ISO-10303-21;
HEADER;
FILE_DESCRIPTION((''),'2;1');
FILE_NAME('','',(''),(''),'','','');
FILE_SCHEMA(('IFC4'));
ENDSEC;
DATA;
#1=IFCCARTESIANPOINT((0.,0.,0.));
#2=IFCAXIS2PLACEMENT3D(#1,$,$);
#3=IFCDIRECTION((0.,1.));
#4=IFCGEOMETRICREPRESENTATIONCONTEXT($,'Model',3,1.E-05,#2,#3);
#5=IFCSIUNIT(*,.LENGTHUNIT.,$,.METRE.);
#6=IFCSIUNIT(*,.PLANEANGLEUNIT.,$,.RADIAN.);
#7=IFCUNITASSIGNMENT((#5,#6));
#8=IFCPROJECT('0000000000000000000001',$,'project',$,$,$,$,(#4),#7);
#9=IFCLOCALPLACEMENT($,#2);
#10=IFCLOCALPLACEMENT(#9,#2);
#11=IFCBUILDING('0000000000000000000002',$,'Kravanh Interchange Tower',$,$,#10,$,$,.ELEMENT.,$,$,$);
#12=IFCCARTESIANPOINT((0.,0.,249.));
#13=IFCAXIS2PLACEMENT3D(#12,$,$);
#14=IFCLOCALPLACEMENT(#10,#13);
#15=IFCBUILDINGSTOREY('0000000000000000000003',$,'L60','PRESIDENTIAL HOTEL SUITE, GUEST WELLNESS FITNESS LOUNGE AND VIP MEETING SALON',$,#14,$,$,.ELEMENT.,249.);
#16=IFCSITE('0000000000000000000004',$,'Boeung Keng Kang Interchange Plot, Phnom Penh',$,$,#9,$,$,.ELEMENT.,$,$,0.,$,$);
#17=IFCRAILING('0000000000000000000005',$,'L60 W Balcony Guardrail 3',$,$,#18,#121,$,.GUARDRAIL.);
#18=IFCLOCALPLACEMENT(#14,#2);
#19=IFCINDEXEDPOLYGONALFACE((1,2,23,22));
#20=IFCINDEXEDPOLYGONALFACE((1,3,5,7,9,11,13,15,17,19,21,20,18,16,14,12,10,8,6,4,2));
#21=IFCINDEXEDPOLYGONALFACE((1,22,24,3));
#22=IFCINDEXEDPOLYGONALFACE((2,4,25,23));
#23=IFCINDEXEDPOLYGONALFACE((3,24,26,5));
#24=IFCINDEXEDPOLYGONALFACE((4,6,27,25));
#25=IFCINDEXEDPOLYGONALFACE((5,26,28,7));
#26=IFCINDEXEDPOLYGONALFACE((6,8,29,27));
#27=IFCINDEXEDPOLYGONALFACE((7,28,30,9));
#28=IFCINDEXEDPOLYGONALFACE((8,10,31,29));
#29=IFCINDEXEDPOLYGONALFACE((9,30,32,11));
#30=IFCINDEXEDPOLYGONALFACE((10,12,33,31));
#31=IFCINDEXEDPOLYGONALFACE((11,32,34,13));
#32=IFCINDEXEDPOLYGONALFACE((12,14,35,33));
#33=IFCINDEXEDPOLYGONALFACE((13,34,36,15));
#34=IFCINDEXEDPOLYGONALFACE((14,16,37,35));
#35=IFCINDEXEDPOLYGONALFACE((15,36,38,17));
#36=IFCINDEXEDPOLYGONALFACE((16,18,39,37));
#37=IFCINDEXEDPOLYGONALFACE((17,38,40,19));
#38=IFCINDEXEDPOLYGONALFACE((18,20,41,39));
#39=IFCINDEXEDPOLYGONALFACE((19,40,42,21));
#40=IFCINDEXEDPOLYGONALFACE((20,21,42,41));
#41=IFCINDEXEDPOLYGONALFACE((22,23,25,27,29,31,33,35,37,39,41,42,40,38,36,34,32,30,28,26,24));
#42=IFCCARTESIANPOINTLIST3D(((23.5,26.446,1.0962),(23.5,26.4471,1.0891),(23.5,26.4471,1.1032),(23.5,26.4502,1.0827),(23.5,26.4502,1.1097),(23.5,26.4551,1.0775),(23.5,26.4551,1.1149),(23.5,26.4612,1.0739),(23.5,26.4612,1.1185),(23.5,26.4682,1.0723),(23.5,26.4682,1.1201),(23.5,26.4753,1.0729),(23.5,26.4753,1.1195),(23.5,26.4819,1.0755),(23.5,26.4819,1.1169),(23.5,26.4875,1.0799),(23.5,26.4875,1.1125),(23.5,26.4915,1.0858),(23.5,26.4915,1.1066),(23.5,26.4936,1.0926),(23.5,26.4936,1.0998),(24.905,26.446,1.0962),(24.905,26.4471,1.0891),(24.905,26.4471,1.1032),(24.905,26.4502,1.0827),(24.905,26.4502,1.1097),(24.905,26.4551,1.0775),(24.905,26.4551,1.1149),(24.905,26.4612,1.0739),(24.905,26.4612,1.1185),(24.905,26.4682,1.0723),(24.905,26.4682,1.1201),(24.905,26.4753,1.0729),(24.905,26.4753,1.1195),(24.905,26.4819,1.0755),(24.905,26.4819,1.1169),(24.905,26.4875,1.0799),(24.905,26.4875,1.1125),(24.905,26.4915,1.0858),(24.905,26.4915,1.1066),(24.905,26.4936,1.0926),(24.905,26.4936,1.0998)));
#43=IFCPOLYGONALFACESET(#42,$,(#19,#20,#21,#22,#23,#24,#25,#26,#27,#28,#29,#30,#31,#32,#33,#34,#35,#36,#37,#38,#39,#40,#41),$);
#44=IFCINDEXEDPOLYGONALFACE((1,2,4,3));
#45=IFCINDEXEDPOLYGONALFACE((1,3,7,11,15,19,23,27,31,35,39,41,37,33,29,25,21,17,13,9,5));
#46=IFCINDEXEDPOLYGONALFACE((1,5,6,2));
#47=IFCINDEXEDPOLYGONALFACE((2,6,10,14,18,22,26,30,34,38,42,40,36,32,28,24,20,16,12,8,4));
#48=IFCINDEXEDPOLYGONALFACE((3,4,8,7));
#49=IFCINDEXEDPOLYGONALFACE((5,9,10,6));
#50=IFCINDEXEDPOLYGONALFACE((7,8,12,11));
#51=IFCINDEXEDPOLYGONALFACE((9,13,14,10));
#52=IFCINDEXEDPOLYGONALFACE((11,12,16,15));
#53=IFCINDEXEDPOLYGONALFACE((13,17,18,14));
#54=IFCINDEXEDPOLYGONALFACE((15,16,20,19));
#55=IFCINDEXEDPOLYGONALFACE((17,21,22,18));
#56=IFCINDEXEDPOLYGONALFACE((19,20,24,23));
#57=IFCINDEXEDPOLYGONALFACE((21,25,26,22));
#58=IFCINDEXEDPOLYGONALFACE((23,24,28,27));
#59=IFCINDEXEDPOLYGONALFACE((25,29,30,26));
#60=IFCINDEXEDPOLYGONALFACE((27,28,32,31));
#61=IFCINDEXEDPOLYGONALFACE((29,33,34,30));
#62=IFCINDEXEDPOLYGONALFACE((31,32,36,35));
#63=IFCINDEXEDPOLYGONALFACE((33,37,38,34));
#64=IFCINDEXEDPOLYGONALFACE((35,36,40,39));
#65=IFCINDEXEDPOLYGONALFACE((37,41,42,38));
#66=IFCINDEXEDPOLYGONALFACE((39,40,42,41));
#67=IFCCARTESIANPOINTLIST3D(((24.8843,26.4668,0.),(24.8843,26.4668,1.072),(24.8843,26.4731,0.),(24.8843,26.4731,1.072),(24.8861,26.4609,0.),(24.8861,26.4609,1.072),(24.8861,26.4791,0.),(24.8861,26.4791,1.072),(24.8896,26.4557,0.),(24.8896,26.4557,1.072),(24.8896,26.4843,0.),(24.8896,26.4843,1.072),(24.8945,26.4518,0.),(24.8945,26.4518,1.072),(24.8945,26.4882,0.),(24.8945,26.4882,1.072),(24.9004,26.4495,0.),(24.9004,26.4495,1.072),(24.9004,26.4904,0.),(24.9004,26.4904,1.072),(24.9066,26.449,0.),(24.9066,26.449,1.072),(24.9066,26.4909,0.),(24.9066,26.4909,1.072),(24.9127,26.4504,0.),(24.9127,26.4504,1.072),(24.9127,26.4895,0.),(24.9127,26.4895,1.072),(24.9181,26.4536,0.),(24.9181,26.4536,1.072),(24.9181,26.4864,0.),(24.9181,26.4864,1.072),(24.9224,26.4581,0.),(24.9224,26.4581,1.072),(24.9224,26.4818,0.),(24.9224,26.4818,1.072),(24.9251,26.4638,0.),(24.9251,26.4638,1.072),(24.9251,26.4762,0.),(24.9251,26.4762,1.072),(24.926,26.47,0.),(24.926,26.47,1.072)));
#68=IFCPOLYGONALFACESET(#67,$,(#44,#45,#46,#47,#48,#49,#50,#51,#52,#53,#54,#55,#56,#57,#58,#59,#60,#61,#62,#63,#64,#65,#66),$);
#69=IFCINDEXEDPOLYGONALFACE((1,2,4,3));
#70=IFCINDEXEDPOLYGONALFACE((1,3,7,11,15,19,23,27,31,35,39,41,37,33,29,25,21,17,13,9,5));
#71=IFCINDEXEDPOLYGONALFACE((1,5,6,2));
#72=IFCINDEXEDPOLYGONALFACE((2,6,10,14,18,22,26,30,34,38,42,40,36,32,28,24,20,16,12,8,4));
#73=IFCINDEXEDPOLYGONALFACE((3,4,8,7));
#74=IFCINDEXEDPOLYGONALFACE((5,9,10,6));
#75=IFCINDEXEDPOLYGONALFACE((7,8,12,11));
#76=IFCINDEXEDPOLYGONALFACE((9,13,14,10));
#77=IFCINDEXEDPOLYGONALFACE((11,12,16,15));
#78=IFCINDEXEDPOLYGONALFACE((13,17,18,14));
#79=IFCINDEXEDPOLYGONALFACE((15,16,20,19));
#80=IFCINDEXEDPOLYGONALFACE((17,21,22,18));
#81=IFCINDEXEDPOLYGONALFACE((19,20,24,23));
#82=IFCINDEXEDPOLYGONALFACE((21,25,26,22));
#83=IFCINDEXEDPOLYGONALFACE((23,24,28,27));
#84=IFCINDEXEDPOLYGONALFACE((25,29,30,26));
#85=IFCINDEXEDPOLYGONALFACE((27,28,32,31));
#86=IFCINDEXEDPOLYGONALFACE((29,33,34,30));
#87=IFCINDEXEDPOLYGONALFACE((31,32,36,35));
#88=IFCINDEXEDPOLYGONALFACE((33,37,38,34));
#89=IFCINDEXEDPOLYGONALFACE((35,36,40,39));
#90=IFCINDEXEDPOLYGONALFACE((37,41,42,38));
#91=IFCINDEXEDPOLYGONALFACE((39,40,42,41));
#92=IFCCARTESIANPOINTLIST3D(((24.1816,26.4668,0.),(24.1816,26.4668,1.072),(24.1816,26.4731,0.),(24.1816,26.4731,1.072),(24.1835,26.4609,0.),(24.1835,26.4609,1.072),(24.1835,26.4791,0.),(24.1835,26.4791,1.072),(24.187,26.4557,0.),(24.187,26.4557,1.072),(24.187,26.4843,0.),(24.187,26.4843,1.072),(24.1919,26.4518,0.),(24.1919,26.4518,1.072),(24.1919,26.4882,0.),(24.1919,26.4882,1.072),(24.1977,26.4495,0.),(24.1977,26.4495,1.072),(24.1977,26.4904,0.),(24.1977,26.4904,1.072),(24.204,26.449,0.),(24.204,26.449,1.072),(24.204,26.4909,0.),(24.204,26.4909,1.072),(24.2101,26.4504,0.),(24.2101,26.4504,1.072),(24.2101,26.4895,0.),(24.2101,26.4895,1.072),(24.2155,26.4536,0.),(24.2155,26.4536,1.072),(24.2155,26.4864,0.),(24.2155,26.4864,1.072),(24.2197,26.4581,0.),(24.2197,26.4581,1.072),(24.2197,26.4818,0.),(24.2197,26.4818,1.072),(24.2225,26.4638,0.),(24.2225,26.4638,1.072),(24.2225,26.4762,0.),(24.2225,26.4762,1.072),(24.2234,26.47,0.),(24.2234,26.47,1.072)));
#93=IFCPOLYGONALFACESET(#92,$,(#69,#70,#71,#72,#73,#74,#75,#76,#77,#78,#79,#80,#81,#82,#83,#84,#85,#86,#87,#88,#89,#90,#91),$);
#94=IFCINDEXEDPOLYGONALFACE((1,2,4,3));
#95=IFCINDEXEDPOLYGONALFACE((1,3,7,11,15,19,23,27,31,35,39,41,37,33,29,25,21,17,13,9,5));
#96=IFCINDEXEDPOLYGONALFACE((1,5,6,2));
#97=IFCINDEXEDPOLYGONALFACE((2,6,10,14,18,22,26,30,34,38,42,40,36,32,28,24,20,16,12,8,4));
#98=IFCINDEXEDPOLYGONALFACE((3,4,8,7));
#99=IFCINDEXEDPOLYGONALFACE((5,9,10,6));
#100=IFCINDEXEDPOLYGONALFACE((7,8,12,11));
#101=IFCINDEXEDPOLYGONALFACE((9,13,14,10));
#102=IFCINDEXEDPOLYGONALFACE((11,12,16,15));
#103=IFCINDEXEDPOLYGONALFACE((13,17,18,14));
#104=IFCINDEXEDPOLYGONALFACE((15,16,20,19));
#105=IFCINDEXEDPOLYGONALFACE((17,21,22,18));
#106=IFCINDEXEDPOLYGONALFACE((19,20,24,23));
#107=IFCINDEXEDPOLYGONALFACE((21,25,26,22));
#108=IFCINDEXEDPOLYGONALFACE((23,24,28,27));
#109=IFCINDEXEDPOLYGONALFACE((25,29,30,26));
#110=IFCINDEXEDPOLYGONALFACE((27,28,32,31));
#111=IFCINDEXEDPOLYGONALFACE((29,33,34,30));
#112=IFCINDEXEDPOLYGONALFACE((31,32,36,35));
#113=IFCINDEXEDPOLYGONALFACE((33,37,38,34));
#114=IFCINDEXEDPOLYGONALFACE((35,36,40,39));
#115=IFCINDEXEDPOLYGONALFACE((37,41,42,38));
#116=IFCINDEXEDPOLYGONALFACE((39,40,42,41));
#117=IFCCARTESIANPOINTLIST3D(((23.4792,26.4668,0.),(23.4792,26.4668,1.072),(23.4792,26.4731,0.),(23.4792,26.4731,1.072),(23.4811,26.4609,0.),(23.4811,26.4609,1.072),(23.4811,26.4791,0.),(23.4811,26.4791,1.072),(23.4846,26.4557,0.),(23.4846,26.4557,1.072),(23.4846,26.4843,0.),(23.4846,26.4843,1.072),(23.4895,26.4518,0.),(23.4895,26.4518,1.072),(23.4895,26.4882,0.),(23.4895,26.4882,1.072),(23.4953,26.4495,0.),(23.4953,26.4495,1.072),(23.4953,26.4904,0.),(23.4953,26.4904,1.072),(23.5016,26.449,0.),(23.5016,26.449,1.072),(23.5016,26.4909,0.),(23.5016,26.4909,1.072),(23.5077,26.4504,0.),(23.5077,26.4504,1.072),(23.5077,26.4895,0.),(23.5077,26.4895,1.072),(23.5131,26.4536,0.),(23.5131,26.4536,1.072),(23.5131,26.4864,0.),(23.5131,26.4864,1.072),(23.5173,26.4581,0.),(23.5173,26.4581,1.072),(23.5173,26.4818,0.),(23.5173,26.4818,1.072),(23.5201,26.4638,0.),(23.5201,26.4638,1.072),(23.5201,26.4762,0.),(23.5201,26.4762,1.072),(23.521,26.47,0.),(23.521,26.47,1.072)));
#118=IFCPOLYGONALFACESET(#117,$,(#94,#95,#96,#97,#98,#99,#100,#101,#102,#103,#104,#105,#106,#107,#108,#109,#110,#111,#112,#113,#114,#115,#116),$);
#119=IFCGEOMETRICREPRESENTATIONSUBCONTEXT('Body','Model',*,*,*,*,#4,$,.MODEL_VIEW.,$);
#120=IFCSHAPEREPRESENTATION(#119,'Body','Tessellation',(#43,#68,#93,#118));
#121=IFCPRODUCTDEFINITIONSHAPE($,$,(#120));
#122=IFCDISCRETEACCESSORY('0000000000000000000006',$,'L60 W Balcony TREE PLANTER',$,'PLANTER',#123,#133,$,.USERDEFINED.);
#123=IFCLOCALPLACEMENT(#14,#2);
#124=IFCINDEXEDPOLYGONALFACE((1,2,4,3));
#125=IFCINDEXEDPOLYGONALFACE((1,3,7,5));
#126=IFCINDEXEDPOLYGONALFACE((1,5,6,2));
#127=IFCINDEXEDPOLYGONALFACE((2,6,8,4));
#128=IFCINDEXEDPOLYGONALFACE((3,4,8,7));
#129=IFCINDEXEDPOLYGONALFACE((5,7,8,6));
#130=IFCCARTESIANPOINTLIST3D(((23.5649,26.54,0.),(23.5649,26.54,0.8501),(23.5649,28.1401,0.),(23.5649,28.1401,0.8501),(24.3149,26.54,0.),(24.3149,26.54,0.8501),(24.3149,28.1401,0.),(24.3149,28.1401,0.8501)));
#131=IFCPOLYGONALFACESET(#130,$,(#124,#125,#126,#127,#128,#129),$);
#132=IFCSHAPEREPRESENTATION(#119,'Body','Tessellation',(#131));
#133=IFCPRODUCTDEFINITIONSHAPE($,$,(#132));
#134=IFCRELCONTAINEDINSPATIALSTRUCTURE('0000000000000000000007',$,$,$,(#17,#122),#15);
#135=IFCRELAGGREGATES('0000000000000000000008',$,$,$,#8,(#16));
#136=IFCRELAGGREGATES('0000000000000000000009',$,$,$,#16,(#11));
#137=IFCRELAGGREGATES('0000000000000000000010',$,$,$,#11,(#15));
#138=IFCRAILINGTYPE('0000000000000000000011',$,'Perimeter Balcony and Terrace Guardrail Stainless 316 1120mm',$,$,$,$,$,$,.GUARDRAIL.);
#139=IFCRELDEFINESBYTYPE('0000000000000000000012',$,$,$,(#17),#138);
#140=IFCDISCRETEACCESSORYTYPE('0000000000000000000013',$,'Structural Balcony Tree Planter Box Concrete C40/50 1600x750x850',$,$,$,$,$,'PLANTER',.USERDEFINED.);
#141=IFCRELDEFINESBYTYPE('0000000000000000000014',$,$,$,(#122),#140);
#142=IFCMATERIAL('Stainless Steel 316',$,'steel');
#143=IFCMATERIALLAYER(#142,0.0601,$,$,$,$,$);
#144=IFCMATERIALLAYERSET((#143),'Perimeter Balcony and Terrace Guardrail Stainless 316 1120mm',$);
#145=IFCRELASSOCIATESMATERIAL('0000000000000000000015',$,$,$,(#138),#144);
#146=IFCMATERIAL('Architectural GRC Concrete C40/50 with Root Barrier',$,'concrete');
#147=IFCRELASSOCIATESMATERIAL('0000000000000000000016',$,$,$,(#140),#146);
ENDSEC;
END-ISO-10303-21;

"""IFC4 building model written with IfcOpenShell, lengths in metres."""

from ifc_helpers import new_model, si_unit, direction, frame, origin, origin_2d, place, context, subcontext, project, spatial, rectangle, circle, extrude, material, layer, layer_set, type_object, element, save


model = new_model("IFC4")

# Units and contexts
model_context = context("Model", 3, precision=1e-05, world=origin(), true_north=direction((0.0, 1.0)))
body_context = subcontext(model_context, "Body", "Model", "MODEL_VIEW")
ifc_project = project(units=[si_unit("LENGTHUNIT", "METRE"), si_unit("PLANEANGLEUNIT", "RADIAN")], contexts=[model_context])

# Site, building, storey
site_placement = place(None, origin())
site = spatial("IfcSite", under=ifc_project, at=site_placement, Name="Boeung Keng Kang Interchange Plot, Phnom Penh", CompositionType="ELEMENT", RefElevation=0.0)
building_placement = place(site_placement, origin())
building = spatial("IfcBuilding", under=site, at=building_placement, Name="Kravanh Interchange Tower", CompositionType="ELEMENT")
storey_placement = place(building_placement, frame((0.0, 0.0, 249.0)))
storey = spatial("IfcBuildingStorey", under=building, at=storey_placement, Name="L60", Description="PRESIDENTIAL HOTEL SUITE, GUEST WELLNESS FITNESS LOUNGE AND VIP MEETING SALON", CompositionType="ELEMENT", Elevation=249.0)

# Railing
ifc_material_1 = material(Name="Stainless Steel 316", Category="steel")
ifc_layer_1 = layer(ifc_material_1, 0.0601)
ifc_layer_set_1 = layer_set([ifc_layer_1], Name="Perimeter Balcony and Terrace Guardrail Stainless 316 1120mm")
railing_type = type_object("IfcRailingType", Name="Perimeter Balcony and Terrace Guardrail Stainless 316 1120mm", PredefinedType="GUARDRAIL", material=ifc_layer_set_1)
railing_1_placement = place(storey_placement, frame((24.905, 26.47, 0.0)))
element("IfcRailing", 1, at=railing_1_placement, inside=storey, type_object=railing_type, Name="L60 W Balcony Guardrail 3", PredefinedType="GUARDRAIL", context=body_context, shape_type="SweptSolid", body=[
    extrude(circle(Radius=0.0239, at=origin_2d()), frame((0.0, 0.0, 1.0962), z_axis=(-1.0, 0.0, 0.0), x_axis=(0.0, -1.0, 0.0)), (0.0, 0.0, 1.0), 1.405),
    extrude(circle(Radius=0.021, at=origin_2d()), origin(), (0.0, 0.0, 1.0), 1.072),
    extrude(circle(Radius=0.021, at=origin_2d()), frame((-0.7026, 0.0, 0.0)), (0.0, 0.0, 1.0), 1.072),
    extrude(circle(Radius=0.021, at=origin_2d()), frame((-1.405, 0.0, 0.0)), (0.0, 0.0, 1.0), 1.072),
])

# Discrete accessory
ifc_material_2 = material(Name="Architectural GRC Concrete C40/50 with Root Barrier", Category="concrete")
discrete_accessory_type = type_object("IfcDiscreteAccessoryType", Name="Structural Balcony Tree Planter Box Concrete C40/50 1600x750x850", ElementType="PLANTER", PredefinedType="USERDEFINED", material=ifc_material_2)
discrete_accessory_placement = place(storey_placement, frame((23.9399, 27.3401, 0.0), z_axis=(0.0, 0.0, 1.0), x_axis=(1.0, 0.0, 0.0)))
element("IfcDiscreteAccessory", 2, at=discrete_accessory_placement, inside=storey, type_object=discrete_accessory_type, Name="L60 W Balcony TREE PLANTER", ObjectType="PLANTER", PredefinedType="USERDEFINED", context=body_context, shape_type="SweptSolid", body=[
    extrude(rectangle(XDim=0.75, YDim=1.6001, at=origin_2d()), origin(), (0.0, 0.0, 1.0), 0.8501),
])

save(model, "model.ifc")
